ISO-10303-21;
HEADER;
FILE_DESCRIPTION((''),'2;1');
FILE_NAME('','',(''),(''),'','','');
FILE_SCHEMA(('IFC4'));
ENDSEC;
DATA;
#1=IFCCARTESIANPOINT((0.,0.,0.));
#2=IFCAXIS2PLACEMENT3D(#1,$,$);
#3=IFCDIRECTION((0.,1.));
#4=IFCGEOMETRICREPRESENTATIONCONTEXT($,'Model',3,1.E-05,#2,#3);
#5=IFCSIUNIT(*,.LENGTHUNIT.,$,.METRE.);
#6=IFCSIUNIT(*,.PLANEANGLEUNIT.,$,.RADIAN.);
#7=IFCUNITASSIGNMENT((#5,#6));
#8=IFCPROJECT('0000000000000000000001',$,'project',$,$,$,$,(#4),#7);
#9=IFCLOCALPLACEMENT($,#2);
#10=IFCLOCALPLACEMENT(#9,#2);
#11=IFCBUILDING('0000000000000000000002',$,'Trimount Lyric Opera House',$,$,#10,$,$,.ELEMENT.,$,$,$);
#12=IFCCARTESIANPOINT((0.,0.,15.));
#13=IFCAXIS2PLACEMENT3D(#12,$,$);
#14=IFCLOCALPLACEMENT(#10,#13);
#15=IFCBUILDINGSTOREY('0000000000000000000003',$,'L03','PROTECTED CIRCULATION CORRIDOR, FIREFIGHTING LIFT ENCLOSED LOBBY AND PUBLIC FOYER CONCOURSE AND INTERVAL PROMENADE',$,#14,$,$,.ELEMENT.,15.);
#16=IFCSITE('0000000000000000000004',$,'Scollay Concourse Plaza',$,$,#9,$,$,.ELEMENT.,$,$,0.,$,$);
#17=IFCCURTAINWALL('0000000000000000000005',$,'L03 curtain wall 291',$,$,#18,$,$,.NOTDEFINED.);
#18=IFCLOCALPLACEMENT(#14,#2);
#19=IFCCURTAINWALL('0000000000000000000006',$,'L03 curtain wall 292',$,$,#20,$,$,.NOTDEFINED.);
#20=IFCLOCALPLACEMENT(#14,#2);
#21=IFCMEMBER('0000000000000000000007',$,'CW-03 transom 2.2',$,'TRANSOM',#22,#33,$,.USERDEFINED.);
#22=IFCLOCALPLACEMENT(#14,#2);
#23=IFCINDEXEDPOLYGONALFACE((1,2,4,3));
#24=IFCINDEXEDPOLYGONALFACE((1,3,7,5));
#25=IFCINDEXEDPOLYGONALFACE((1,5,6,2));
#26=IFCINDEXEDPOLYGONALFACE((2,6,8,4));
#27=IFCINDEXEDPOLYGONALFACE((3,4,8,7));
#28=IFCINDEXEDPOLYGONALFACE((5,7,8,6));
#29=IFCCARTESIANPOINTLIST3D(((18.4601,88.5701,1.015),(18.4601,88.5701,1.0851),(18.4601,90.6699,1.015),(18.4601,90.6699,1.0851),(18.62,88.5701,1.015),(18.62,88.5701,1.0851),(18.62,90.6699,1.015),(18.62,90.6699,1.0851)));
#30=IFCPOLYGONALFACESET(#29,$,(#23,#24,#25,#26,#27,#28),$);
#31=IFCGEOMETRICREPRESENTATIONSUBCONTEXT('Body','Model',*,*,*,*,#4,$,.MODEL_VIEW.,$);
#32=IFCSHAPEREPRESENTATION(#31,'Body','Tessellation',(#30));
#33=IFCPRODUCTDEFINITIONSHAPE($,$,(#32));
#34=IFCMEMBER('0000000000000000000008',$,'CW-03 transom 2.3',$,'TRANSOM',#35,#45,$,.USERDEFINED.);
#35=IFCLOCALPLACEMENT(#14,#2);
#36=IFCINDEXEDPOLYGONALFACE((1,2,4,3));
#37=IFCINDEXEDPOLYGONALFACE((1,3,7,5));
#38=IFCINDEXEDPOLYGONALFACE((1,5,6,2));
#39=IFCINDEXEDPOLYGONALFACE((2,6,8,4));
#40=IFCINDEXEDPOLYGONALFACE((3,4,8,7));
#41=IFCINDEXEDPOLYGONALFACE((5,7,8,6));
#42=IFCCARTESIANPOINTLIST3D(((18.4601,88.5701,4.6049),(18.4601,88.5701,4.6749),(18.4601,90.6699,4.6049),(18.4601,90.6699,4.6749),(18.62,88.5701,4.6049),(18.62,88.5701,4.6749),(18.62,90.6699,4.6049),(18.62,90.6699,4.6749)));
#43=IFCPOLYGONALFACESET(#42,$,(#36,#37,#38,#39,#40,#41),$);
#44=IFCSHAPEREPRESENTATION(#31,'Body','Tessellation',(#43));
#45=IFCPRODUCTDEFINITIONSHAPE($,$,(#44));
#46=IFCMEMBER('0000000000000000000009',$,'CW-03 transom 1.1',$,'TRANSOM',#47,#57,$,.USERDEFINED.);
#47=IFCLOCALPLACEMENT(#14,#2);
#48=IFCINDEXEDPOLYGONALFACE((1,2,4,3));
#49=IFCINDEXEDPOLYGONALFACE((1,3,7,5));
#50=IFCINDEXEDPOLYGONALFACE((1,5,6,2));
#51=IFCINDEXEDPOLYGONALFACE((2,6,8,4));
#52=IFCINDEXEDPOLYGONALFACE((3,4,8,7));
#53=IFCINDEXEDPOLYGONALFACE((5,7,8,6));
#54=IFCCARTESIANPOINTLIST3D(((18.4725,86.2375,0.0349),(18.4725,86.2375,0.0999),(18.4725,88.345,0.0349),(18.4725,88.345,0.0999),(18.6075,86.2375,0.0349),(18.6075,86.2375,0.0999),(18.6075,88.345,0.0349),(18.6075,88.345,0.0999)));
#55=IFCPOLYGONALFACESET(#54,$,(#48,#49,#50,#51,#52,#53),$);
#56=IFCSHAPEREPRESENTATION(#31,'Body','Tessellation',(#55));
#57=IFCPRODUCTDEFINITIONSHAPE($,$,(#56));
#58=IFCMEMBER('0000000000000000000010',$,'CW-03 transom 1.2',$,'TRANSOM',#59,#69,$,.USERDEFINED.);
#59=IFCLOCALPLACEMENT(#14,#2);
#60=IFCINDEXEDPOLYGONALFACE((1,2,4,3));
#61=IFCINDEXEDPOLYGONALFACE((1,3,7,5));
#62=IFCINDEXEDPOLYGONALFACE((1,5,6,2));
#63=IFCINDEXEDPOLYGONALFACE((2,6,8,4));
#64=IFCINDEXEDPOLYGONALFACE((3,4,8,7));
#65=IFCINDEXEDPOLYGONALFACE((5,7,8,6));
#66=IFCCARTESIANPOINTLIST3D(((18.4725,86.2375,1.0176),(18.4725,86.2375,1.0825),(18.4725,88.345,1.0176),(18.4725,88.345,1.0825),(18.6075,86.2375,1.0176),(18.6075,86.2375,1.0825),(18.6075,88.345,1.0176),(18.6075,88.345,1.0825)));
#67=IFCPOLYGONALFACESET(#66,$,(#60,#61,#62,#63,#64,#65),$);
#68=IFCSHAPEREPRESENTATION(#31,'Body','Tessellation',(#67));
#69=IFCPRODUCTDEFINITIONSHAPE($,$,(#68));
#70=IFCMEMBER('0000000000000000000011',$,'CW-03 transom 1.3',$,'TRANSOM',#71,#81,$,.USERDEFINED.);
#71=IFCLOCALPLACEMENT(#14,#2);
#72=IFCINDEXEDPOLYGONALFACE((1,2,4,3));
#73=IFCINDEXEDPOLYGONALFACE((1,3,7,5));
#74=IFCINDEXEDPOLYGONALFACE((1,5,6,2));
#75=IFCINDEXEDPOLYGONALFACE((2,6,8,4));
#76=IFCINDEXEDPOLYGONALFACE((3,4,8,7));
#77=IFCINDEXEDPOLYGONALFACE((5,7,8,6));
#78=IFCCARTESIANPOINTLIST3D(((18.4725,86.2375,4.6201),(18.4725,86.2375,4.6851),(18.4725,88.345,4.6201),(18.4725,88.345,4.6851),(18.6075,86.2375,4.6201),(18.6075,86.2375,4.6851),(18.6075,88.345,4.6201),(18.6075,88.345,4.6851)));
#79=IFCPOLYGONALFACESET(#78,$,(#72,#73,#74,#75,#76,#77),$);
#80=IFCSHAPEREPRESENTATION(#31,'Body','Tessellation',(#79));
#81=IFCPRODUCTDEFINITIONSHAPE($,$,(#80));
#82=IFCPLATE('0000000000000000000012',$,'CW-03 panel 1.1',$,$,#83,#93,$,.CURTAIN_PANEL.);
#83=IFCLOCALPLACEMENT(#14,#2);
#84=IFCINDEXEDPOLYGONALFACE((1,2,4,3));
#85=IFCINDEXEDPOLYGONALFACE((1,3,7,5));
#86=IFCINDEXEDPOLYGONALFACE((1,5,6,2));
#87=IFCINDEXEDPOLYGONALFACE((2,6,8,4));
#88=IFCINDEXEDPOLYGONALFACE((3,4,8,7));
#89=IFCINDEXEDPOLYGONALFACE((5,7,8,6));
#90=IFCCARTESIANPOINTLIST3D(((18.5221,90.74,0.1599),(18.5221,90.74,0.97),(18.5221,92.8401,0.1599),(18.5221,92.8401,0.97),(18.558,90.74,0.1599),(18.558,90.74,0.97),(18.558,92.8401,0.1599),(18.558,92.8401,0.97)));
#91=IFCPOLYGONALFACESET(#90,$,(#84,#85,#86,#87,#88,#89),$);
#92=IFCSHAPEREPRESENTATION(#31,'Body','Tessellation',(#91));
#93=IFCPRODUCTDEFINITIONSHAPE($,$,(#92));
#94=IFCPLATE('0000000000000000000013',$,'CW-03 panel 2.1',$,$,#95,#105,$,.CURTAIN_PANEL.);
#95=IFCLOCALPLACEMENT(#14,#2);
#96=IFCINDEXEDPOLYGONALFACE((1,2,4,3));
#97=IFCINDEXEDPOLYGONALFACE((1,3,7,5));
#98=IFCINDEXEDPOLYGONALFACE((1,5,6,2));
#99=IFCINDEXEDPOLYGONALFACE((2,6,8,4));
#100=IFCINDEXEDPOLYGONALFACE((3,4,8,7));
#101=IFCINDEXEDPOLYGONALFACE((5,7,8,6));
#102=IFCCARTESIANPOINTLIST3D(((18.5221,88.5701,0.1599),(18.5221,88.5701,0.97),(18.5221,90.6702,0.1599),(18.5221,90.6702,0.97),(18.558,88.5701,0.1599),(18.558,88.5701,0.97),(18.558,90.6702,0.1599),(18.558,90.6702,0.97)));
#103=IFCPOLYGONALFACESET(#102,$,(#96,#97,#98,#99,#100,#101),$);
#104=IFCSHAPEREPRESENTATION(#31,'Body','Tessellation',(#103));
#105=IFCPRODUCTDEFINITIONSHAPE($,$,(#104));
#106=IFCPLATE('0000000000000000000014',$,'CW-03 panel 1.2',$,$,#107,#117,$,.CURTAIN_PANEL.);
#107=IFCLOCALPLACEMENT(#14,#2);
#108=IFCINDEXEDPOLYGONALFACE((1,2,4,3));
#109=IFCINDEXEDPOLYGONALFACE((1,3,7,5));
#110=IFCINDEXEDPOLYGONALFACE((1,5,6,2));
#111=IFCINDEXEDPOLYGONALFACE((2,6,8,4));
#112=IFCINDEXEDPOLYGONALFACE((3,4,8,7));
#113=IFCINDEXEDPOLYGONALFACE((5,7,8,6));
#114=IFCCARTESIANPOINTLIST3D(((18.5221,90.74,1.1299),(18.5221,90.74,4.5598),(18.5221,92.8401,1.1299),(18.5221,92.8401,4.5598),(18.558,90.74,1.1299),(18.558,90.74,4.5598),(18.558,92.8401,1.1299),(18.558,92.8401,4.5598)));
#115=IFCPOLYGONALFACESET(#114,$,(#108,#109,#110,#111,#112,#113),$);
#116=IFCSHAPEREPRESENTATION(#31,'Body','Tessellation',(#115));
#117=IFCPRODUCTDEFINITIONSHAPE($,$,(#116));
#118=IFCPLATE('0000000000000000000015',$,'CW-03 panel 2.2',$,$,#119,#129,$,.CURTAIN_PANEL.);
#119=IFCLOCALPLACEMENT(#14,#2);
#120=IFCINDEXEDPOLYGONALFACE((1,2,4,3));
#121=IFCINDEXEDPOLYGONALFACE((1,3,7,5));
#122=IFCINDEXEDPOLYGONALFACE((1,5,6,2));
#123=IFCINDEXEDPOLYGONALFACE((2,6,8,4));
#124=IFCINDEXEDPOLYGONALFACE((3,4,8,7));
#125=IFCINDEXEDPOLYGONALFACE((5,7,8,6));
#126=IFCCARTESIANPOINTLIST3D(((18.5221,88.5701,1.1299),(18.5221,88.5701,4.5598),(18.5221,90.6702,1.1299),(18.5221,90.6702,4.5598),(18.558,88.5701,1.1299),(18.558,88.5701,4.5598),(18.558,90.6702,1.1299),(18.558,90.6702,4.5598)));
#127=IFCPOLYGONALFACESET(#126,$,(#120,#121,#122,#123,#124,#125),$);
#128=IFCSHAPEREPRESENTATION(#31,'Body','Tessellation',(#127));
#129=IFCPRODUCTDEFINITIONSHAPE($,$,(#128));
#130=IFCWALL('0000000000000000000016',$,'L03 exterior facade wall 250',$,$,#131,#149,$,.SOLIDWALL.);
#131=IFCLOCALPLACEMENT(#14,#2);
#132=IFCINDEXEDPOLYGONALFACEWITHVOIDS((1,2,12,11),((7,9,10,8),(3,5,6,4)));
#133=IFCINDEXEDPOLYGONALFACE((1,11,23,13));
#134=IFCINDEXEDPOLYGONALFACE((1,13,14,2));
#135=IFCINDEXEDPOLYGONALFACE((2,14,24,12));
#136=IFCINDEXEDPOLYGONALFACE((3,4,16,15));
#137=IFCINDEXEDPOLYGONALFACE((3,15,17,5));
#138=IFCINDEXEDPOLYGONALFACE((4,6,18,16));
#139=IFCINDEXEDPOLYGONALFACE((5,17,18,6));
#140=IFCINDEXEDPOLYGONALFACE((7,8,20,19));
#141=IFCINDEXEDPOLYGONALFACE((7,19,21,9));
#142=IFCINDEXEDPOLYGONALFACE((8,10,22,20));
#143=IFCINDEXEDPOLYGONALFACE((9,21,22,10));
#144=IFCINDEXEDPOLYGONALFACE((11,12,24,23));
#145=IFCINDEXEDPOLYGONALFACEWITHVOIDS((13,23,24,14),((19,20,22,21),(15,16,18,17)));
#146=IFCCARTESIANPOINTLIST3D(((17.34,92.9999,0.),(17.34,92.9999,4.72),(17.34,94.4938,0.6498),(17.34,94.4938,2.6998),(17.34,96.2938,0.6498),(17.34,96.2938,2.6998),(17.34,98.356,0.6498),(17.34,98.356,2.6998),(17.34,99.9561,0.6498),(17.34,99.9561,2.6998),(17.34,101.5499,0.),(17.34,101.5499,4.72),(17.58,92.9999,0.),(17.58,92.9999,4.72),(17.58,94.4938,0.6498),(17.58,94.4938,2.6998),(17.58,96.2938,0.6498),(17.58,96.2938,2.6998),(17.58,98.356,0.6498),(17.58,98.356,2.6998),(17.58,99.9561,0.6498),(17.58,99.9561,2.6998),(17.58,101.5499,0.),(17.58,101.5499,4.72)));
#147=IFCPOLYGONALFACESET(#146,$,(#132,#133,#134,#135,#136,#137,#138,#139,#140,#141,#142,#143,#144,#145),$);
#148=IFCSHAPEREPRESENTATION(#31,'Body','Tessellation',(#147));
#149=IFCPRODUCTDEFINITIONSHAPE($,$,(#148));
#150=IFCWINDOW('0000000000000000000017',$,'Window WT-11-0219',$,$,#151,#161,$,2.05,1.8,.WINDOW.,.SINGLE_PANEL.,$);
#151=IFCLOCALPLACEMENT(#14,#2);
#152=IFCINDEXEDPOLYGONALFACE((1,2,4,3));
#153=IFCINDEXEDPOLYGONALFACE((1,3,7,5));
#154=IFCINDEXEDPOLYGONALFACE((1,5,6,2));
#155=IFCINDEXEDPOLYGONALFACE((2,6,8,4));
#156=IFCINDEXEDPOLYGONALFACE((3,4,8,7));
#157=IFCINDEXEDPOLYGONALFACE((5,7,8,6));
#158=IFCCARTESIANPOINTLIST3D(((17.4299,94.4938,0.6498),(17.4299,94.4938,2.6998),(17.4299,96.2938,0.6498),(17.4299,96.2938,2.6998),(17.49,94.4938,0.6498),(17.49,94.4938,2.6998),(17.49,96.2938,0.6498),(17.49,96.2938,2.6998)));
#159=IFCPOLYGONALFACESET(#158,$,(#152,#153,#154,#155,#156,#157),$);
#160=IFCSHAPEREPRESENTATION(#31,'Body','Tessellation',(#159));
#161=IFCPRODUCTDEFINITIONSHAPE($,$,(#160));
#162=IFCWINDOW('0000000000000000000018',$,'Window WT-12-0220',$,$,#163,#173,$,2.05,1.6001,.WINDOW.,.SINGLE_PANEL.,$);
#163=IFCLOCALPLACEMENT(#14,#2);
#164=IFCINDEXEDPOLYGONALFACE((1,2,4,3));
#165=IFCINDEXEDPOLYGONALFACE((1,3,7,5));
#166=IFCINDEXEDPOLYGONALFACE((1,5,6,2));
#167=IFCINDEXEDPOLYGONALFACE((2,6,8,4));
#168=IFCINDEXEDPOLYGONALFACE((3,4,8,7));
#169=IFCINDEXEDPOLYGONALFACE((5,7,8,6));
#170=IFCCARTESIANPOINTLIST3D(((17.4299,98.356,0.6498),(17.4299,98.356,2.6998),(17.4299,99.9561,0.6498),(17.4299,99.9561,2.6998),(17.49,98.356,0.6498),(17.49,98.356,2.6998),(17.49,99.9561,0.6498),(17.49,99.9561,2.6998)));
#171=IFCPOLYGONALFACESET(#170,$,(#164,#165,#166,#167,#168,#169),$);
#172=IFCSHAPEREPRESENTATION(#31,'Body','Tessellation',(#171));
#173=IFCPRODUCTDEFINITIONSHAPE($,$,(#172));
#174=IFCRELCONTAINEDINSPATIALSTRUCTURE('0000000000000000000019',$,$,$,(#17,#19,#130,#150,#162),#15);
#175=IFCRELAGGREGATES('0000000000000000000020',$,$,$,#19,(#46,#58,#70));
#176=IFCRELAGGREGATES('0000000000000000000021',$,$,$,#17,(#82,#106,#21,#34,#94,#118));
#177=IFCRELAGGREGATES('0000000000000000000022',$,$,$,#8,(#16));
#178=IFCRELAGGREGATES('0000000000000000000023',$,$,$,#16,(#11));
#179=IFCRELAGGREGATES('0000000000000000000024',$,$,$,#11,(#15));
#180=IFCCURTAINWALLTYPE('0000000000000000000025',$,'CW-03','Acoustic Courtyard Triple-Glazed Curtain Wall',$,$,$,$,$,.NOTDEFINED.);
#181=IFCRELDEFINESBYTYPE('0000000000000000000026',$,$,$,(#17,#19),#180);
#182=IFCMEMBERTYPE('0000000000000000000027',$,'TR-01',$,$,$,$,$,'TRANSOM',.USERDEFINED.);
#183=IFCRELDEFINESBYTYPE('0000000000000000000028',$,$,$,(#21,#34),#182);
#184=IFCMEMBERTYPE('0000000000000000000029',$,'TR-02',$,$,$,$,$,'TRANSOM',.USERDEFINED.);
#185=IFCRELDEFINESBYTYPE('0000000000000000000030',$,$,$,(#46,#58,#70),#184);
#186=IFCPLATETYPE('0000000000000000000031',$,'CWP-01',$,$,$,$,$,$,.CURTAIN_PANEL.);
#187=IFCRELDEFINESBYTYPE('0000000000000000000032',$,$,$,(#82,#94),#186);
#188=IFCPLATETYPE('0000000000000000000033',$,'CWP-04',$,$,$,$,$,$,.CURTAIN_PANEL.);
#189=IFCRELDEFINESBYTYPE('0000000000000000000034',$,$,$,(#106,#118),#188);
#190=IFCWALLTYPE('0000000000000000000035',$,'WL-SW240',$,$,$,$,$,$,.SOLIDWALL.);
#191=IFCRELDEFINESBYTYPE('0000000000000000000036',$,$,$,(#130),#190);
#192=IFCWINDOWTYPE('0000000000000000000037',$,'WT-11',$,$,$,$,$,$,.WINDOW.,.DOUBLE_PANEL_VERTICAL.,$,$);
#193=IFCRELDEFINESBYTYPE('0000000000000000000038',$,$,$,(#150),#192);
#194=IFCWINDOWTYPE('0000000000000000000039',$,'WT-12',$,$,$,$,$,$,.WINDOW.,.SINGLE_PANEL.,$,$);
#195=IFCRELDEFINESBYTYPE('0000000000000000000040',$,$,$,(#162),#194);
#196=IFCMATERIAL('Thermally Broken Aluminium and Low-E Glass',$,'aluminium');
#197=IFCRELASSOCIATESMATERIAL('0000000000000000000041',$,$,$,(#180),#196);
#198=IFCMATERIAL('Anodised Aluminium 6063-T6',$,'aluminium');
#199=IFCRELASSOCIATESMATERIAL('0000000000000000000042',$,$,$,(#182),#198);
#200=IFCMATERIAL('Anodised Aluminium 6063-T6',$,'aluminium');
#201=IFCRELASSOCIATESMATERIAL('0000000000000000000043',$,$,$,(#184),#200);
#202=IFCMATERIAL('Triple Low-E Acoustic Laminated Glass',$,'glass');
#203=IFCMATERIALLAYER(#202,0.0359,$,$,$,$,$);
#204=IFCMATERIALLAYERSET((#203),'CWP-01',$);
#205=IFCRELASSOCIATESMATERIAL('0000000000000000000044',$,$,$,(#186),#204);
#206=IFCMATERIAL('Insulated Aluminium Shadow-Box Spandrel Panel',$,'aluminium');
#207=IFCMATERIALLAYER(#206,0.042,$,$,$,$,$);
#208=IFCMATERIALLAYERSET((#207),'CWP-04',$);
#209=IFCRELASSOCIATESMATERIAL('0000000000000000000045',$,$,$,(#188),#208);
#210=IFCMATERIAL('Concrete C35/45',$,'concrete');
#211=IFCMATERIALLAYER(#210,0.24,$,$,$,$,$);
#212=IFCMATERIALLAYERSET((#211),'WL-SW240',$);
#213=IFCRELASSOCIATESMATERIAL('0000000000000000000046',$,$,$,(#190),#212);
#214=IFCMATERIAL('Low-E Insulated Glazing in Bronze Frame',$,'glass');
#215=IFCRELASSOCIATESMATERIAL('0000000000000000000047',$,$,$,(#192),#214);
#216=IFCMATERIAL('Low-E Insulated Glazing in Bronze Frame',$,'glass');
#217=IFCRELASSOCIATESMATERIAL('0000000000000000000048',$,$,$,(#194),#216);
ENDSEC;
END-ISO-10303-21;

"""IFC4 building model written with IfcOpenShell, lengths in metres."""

from ifc_helpers import new_model, si_unit, direction, frame, frame_2d, origin, origin_2d, place, context, subcontext, project, spatial, rectangle, extrude, material, layer, layer_set, material_profile, profile_set, type_object, element, fill, aggregate, save


model = new_model("IFC4")

# Units and contexts
model_context = context("Model", 3, precision=1e-05, world=origin(), true_north=direction((0.0, 1.0)))
body_context = subcontext(model_context, "Body", "Model", "MODEL_VIEW")
ifc_project = project(units=[si_unit("LENGTHUNIT", "METRE"), si_unit("PLANEANGLEUNIT", "RADIAN")], contexts=[model_context])

# Site, building, storey
site_placement = place(None, origin())
site = spatial("IfcSite", under=ifc_project, at=site_placement, Name="Scollay Concourse Plaza", CompositionType="ELEMENT", RefElevation=0.0)
building_placement = place(site_placement, origin())
building = spatial("IfcBuilding", under=site, at=building_placement, Name="Trimount Lyric Opera House", CompositionType="ELEMENT")
storey_placement = place(building_placement, frame((0.0, 0.0, 15.0)))
storey = spatial("IfcBuildingStorey", under=building, at=storey_placement, Name="L03", Description="PROTECTED CIRCULATION CORRIDOR, FIREFIGHTING LIFT ENCLOSED LOBBY AND PUBLIC FOYER CONCOURSE AND INTERVAL PROMENADE", CompositionType="ELEMENT", Elevation=15.0)

# Curtain wall
ifc_material_1 = material(Name="Thermally Broken Aluminium and Low-E Glass", Category="aluminium")
curtain_wall_type = type_object("IfcCurtainWallType", Name="CW-03", Description="Acoustic Courtyard Triple-Glazed Curtain Wall", PredefinedType="NOTDEFINED", material=ifc_material_1)
curtain_wall_1_placement = place(storey_placement, origin())
curtain_wall_1 = element("IfcCurtainWall", 1, at=curtain_wall_1_placement, inside=storey, type_object=curtain_wall_type, Name="L03 curtain wall 291", PredefinedType="NOTDEFINED")

# Curtain wall
curtain_wall_2_placement = place(storey_placement, origin())
curtain_wall_2 = element("IfcCurtainWall", 2, at=curtain_wall_2_placement, inside=storey, type_object=curtain_wall_type, Name="L03 curtain wall 292", PredefinedType="NOTDEFINED")

# Members
ifc_material_2 = material(Name="Anodised Aluminium 6063-T6", Category="aluminium")
ifc_material_profile_1 = material_profile(ifc_material_2, rectangle(XDim=0.1599, YDim=0.0701, at=origin_2d()), Name="ALU-TRAN-70X160")
ifc_profile_set_1 = profile_set([ifc_material_profile_1], Name="Anodised Aluminium 6063-T6")
member_type_1 = type_object("IfcMemberType", Name="TR-01", ElementType="TRANSOM", PredefinedType="USERDEFINED", material=ifc_profile_set_1)
member_1_placement = place(storey_placement, frame((18.54, 90.6699, 1.05), z_axis=(0.0, -1.0, 0.0), x_axis=(1.0, 0.0, 0.0)))
member_1 = element("IfcMember", 3, at=member_1_placement, type_object=member_type_1, Name="CW-03 transom 2.2", ObjectType="TRANSOM", PredefinedType="USERDEFINED", context=body_context, shape_type="SweptSolid", body=[
    extrude(rectangle(XDim=0.1599, YDim=0.0701, at=origin_2d()), origin(), (0.0, 0.0, 1.0), 2.0999),
])
member_2_placement = place(storey_placement, frame((18.54, 90.6699, 4.6399), z_axis=(0.0, -1.0, 0.0), x_axis=(1.0, 0.0, 0.0)))
member_2 = element("IfcMember", 4, at=member_2_placement, type_object=member_type_1, Name="CW-03 transom 2.3", ObjectType="TRANSOM", PredefinedType="USERDEFINED", context=body_context, shape_type="SweptSolid", body=[
    extrude(rectangle(XDim=0.1599, YDim=0.0701, at=origin_2d()), origin(), (0.0, 0.0, 1.0), 2.0999),
])
ifc_material_3 = material(Name="Anodised Aluminium 6063-T6", Category="aluminium")
ifc_material_profile_2 = material_profile(ifc_material_3, rectangle(XDim=0.135, YDim=0.0649, at=origin_2d()), Name="ALU-TRAN-65X135")
ifc_profile_set_2 = profile_set([ifc_material_profile_2], Name="Anodised Aluminium 6063-T6")
member_type_2 = type_object("IfcMemberType", Name="TR-02", ElementType="TRANSOM", PredefinedType="USERDEFINED", material=ifc_profile_set_2)
member_3_placement = place(storey_placement, frame((18.54, 88.345, 0.0674), z_axis=(0.0, -1.0, 0.0), x_axis=(1.0, 0.0, 0.0)))
member_3 = element("IfcMember", 5, at=member_3_placement, type_object=member_type_2, Name="CW-03 transom 1.1", ObjectType="TRANSOM", PredefinedType="USERDEFINED", context=body_context, shape_type="SweptSolid", body=[
    extrude(rectangle(XDim=0.135, YDim=0.0649, at=origin_2d()), origin(), (0.0, 0.0, 1.0), 2.1074),
])
member_4_placement = place(storey_placement, frame((18.54, 88.345, 1.05), z_axis=(0.0, -1.0, 0.0), x_axis=(1.0, 0.0, 0.0)))
member_4 = element("IfcMember", 6, at=member_4_placement, type_object=member_type_2, Name="CW-03 transom 1.2", ObjectType="TRANSOM", PredefinedType="USERDEFINED", context=body_context, shape_type="SweptSolid", body=[
    extrude(rectangle(XDim=0.135, YDim=0.0649, at=origin_2d()), origin(), (0.0, 0.0, 1.0), 2.1074),
])
member_5_placement = place(storey_placement, frame((18.54, 88.345, 4.6526), z_axis=(0.0, -1.0, 0.0), x_axis=(1.0, 0.0, 0.0)))
member_5 = element("IfcMember", 7, at=member_5_placement, type_object=member_type_2, Name="CW-03 transom 1.3", ObjectType="TRANSOM", PredefinedType="USERDEFINED", context=body_context, shape_type="SweptSolid", body=[
    extrude(rectangle(XDim=0.135, YDim=0.0649, at=origin_2d()), origin(), (0.0, 0.0, 1.0), 2.1074),
])
aggregate(curtain_wall_2, [member_3, member_4, member_5])

# Plates
ifc_material_4 = material(Name="Triple Low-E Acoustic Laminated Glass", Category="glass")
ifc_layer_1 = layer(ifc_material_4, 0.0359)
ifc_layer_set_1 = layer_set([ifc_layer_1], Name="CWP-01")
plate_type_1 = type_object("IfcPlateType", Name="CWP-01", PredefinedType="CURTAIN_PANEL", material=ifc_layer_set_1)
plate_1_placement = place(storey_placement, frame((18.54, 91.79, 0.1599), z_axis=(0.0, 0.0, 1.0), x_axis=(0.0, -1.0, 0.0)))
plate_1 = element("IfcPlate", 8, at=plate_1_placement, type_object=plate_type_1, Name="CW-03 panel 1.1", PredefinedType="CURTAIN_PANEL", context=body_context, shape_type="SweptSolid", body=[
    extrude(rectangle(XDim=2.1001, YDim=0.0359, at=origin_2d()), origin(), (0.0, 0.0, 1.0), 0.8101),
])
plate_2_placement = place(storey_placement, frame((18.54, 89.6201, 0.1599), z_axis=(0.0, 0.0, 1.0), x_axis=(0.0, -1.0, 0.0)))
plate_2 = element("IfcPlate", 9, at=plate_2_placement, type_object=plate_type_1, Name="CW-03 panel 2.1", PredefinedType="CURTAIN_PANEL", context=body_context, shape_type="SweptSolid", body=[
    extrude(rectangle(XDim=2.1001, YDim=0.0359, at=origin_2d()), origin(), (0.0, 0.0, 1.0), 0.8101),
])
ifc_material_5 = material(Name="Insulated Aluminium Shadow-Box Spandrel Panel", Category="aluminium")
ifc_layer_2 = layer(ifc_material_5, 0.042)
ifc_layer_set_2 = layer_set([ifc_layer_2], Name="CWP-04")
plate_type_2 = type_object("IfcPlateType", Name="CWP-04", PredefinedType="CURTAIN_PANEL", material=ifc_layer_set_2)
plate_3_placement = place(storey_placement, frame((18.54, 91.79, 1.1299), z_axis=(0.0, 0.0, 1.0), x_axis=(0.0, -1.0, 0.0)))
plate_3 = element("IfcPlate", 10, at=plate_3_placement, type_object=plate_type_2, Name="CW-03 panel 1.2", PredefinedType="CURTAIN_PANEL", context=body_context, shape_type="SweptSolid", body=[
    extrude(rectangle(XDim=2.1001, YDim=0.0359, at=origin_2d()), origin(), (0.0, 0.0, 1.0), 3.4299),
])
plate_4_placement = place(storey_placement, frame((18.54, 89.6201, 1.1299), z_axis=(0.0, 0.0, 1.0), x_axis=(0.0, -1.0, 0.0)))
plate_4 = element("IfcPlate", 11, at=plate_4_placement, type_object=plate_type_2, Name="CW-03 panel 2.2", PredefinedType="CURTAIN_PANEL", context=body_context, shape_type="SweptSolid", body=[
    extrude(rectangle(XDim=2.1001, YDim=0.0359, at=origin_2d()), origin(), (0.0, 0.0, 1.0), 3.4299),
])
aggregate(curtain_wall_1, [plate_1, plate_3, member_1, member_2, plate_2, plate_4])

# Wall, openings, windows
ifc_material_6 = material(Name="Concrete C35/45", Category="concrete")
ifc_layer_3 = layer(ifc_material_6, 0.24)
ifc_layer_set_3 = layer_set([ifc_layer_3], Name="WL-SW240")
wall_type = type_object("IfcWallType", Name="WL-SW240", PredefinedType="SOLIDWALL", material=ifc_layer_set_3)
wall_placement = place(storey_placement, frame((17.46, 93.0, 0.0), z_axis=(0.0, 0.0, 1.0), x_axis=(0.0, 1.0, 0.0)))
wall = element("IfcWall", 12, at=wall_placement, inside=storey, type_object=wall_type, Name="L03 exterior facade wall 250", PredefinedType="SOLIDWALL", context=body_context, shape_type="SweptSolid", body=[
    extrude(rectangle(XDim=8.55, YDim=0.24, at=frame_2d((4.2749, 0.0))), origin(), (0.0, 0.0, 1.0), 4.72),
])
opening_1_placement = place(wall_placement, frame((1.4939, 0.0, 0.6499)))
opening_1 = element("IfcOpeningElement", 13, at=opening_1_placement, cuts=wall, PredefinedType="OPENING", context=body_context, shape_type="SweptSolid", body=[
    extrude(rectangle(XDim=1.8, YDim=2.05, at=frame_2d((0.8999, 1.0249))), frame((0.0, 0.1299, 0.0), z_axis=(0.0, -1.0, 0.0), x_axis=(1.0, 0.0, 0.0)), (0.0, 0.0, 1.0), 0.26),
])
opening_2_placement = place(wall_placement, frame((5.356, 0.0, 0.6499)))
opening_2 = element("IfcOpeningElement", 14, at=opening_2_placement, cuts=wall, PredefinedType="OPENING", context=body_context, shape_type="SweptSolid", body=[
    extrude(rectangle(XDim=1.6001, YDim=2.05, at=frame_2d((0.8, 1.0249))), frame((0.0, 0.1299, 0.0), z_axis=(0.0, -1.0, 0.0), x_axis=(1.0, 0.0, 0.0)), (0.0, 0.0, 1.0), 0.26),
])
ifc_material_7 = material(Name="Low-E Insulated Glazing in Bronze Frame", Category="glass")
window_type_1 = type_object("IfcWindowType", Name="WT-11", PartitioningType="DOUBLE_PANEL_VERTICAL", PredefinedType="WINDOW", material=ifc_material_7)
window_1_placement = place(opening_1_placement, origin())
window_1 = element("IfcWindow", 15, at=window_1_placement, inside=storey, type_object=window_type_1, Name="Window WT-11-0219", OverallHeight=2.05, OverallWidth=1.8, PartitioningType="SINGLE_PANEL", PredefinedType="WINDOW", context=body_context, shape_type="SweptSolid", body=[
    extrude(rectangle(XDim=1.8, YDim=2.05, at=frame_2d((0.8999, 1.0249))), frame((0.0, 0.03, 0.0), z_axis=(0.0, -1.0, 0.0), x_axis=(1.0, 0.0, 0.0)), (0.0, 0.0, 1.0), 0.0601),
])
fill(opening_1, window_1)
ifc_material_8 = material(Name="Low-E Insulated Glazing in Bronze Frame", Category="glass")
window_type_2 = type_object("IfcWindowType", Name="WT-12", PartitioningType="SINGLE_PANEL", PredefinedType="WINDOW", material=ifc_material_8)
window_2_placement = place(opening_2_placement, origin())
window_2 = element("IfcWindow", 16, at=window_2_placement, inside=storey, type_object=window_type_2, Name="Window WT-12-0220", OverallHeight=2.05, OverallWidth=1.6001, PartitioningType="SINGLE_PANEL", PredefinedType="WINDOW", context=body_context, shape_type="SweptSolid", body=[
    extrude(rectangle(XDim=1.6001, YDim=2.05, at=frame_2d((0.8, 1.0249))), frame((0.0, 0.03, 0.0), z_axis=(0.0, -1.0, 0.0), x_axis=(1.0, 0.0, 0.0)), (0.0, 0.0, 1.0), 0.0601),
])
fill(opening_2, window_2)

save(model, "model.ifc")
